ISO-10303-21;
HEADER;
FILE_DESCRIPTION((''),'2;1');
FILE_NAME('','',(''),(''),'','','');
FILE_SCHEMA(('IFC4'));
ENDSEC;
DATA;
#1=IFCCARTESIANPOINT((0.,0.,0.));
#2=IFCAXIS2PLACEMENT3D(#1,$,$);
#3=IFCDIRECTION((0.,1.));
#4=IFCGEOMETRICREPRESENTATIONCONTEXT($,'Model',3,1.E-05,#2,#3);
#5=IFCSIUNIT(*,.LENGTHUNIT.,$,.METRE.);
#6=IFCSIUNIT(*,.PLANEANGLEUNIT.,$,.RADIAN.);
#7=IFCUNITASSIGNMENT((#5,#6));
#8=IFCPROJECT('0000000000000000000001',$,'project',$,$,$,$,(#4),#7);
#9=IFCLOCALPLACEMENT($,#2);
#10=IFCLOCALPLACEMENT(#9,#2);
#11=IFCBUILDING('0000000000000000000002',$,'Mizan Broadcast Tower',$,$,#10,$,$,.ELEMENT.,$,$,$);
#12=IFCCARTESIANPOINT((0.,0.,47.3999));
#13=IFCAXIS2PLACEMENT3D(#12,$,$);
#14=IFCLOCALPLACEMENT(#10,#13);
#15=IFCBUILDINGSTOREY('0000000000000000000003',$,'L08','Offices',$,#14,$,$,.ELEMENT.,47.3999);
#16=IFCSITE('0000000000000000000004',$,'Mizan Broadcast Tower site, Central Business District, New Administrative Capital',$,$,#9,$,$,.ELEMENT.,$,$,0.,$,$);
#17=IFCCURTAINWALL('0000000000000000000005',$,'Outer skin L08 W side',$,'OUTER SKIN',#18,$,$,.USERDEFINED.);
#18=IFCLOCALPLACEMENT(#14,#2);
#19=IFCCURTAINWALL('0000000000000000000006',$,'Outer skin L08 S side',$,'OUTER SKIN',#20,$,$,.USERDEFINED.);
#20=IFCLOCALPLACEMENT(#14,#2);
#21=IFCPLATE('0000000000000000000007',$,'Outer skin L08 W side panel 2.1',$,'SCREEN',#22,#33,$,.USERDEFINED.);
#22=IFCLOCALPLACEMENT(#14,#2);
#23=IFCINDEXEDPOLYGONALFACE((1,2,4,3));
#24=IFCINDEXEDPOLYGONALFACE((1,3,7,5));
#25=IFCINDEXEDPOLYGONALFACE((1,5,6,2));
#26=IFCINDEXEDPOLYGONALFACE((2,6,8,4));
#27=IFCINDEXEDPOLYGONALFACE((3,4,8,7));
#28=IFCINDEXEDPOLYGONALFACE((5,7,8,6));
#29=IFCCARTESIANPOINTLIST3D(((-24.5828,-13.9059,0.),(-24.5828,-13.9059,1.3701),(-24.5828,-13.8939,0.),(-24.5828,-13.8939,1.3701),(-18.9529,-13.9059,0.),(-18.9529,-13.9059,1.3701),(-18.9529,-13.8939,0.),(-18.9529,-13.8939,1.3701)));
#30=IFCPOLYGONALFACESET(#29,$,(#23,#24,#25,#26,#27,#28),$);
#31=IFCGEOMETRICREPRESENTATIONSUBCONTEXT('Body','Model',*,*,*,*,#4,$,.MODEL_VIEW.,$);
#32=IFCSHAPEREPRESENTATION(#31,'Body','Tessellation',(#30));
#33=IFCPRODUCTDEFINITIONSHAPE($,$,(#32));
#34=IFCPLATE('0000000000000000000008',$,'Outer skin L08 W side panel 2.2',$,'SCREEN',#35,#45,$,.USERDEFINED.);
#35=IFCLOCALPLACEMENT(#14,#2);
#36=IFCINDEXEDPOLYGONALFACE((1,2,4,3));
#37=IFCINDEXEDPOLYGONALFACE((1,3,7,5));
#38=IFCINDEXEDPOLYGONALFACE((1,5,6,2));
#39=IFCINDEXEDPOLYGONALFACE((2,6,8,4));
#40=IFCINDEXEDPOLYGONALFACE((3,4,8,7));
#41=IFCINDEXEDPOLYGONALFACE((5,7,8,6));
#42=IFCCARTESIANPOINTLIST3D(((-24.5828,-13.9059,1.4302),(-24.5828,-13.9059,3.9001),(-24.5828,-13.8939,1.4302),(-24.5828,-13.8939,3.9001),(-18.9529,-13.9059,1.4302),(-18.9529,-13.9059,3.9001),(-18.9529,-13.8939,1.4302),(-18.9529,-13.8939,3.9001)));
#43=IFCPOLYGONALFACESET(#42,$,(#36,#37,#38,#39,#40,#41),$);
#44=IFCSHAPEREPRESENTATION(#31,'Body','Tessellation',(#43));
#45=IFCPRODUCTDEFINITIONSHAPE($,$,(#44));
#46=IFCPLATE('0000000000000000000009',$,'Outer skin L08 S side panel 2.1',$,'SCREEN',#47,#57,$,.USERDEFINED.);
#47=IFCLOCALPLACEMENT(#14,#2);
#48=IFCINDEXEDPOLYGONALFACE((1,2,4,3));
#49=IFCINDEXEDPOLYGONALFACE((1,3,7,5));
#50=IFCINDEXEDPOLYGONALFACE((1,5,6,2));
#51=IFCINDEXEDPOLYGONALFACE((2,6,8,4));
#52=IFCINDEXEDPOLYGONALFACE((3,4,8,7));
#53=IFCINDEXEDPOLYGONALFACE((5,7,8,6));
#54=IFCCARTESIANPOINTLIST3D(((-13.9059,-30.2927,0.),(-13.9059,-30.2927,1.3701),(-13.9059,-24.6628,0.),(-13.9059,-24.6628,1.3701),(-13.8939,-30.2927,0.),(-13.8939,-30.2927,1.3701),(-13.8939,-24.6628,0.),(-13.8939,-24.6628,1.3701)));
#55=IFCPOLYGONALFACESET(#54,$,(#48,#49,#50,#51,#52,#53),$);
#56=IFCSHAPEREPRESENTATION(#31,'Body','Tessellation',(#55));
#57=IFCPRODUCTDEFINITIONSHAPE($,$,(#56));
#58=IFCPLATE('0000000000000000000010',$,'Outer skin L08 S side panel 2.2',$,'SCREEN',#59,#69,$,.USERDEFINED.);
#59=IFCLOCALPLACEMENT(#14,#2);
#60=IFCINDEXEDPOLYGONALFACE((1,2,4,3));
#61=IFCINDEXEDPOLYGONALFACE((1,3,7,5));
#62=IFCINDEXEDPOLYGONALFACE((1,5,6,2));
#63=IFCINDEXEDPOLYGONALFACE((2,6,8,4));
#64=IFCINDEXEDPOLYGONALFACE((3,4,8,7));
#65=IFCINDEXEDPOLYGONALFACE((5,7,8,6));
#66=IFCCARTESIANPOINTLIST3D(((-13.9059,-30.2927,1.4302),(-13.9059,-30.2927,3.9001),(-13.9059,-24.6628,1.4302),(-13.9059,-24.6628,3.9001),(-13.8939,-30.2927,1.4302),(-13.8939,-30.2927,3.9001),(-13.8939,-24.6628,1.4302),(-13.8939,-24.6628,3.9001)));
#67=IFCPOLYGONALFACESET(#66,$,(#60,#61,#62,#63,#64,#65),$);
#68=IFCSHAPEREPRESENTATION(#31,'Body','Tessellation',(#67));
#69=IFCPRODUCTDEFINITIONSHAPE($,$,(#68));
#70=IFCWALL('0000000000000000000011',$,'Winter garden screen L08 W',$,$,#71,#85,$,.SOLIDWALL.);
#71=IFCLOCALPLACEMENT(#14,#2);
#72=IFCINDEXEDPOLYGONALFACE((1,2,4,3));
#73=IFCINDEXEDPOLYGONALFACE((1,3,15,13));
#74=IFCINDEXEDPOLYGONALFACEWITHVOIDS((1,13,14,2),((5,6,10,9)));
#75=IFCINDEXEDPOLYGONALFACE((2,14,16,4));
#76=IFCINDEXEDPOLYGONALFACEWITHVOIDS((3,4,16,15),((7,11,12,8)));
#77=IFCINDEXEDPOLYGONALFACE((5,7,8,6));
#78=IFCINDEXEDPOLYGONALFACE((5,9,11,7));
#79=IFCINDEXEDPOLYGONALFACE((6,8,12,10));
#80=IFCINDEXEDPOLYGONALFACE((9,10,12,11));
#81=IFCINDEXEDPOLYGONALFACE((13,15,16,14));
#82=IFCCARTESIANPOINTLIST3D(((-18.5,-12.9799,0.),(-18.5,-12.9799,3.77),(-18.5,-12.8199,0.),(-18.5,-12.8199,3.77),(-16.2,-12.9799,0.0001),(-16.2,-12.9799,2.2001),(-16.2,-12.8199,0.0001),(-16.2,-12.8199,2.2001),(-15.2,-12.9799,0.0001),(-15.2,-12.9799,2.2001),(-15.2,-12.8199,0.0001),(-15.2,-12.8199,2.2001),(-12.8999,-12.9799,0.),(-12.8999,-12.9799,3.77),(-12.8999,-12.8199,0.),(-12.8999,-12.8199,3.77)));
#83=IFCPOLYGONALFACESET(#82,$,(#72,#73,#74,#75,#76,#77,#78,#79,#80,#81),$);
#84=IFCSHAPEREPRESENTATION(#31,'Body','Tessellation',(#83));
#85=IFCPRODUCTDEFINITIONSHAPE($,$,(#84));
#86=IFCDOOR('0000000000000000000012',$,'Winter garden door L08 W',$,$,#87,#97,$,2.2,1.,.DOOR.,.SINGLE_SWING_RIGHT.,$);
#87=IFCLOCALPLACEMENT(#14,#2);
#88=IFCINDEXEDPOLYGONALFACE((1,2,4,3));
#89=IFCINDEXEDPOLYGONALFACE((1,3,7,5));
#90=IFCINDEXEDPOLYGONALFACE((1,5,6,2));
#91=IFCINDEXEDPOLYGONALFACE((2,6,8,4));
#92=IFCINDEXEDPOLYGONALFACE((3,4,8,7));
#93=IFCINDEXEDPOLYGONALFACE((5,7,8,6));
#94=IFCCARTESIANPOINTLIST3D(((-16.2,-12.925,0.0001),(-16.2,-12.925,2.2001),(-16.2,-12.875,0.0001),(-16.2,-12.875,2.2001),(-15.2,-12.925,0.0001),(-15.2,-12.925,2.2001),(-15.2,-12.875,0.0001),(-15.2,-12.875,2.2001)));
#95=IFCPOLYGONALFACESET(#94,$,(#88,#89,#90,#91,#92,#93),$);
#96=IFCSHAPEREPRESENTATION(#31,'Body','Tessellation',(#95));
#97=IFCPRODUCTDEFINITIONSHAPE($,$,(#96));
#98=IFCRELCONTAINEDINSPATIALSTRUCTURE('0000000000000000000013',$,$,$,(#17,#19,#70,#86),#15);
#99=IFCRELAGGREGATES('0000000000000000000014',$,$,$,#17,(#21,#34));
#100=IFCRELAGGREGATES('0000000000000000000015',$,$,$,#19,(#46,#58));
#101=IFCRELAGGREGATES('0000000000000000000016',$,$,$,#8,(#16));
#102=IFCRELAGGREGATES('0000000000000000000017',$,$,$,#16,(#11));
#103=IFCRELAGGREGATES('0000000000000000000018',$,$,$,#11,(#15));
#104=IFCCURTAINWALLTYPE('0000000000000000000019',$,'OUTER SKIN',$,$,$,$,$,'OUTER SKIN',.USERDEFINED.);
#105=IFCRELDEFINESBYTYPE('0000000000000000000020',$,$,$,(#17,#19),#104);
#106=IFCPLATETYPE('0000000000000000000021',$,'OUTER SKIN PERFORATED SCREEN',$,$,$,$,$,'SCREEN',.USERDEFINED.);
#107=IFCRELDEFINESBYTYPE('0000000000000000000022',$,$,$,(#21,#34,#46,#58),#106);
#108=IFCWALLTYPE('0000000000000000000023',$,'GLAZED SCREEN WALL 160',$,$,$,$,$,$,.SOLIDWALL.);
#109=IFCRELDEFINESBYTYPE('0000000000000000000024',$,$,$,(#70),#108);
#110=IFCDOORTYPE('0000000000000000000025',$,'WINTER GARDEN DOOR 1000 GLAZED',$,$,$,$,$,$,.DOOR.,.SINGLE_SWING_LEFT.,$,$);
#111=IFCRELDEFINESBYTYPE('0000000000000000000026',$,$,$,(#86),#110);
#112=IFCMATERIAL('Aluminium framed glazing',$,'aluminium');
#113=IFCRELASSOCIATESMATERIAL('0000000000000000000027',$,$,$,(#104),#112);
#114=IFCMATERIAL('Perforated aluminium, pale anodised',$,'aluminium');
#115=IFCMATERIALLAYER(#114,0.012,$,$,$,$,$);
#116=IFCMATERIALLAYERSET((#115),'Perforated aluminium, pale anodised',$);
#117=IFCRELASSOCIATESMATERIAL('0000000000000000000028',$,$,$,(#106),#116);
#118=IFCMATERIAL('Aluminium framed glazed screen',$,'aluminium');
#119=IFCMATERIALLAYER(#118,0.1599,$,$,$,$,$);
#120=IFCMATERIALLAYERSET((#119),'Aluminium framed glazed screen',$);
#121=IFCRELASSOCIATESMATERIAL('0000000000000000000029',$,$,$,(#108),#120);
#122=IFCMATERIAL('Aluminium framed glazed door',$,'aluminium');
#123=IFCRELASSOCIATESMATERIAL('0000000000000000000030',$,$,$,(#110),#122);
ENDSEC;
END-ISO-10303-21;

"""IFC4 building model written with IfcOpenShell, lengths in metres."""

from ifc_helpers import new_model, si_unit, direction, frame, frame_2d, origin, origin_2d, place, context, subcontext, project, spatial, rectangle, extrude, material, layer, layer_set, type_object, element, fill, aggregate, save


model = new_model("IFC4")

# Units and contexts
model_context = context("Model", 3, precision=1e-05, world=origin(), true_north=direction((0.0, 1.0)))
body_context = subcontext(model_context, "Body", "Model", "MODEL_VIEW")
ifc_project = project(units=[si_unit("LENGTHUNIT", "METRE"), si_unit("PLANEANGLEUNIT", "RADIAN")], contexts=[model_context])

# Site, building, storey
site_placement = place(None, origin())
site = spatial("IfcSite", under=ifc_project, at=site_placement, Name="Mizan Broadcast Tower site, Central Business District, New Administrative Capital", CompositionType="ELEMENT", RefElevation=0.0)
building_placement = place(site_placement, origin())
building = spatial("IfcBuilding", under=site, at=building_placement, Name="Mizan Broadcast Tower", CompositionType="ELEMENT")
storey_placement = place(building_placement, frame((0.0, 0.0, 47.3999)))
storey = spatial("IfcBuildingStorey", under=building, at=storey_placement, Name="L08", Description="Offices", CompositionType="ELEMENT", Elevation=47.3999)

# Shared definitions
ifc_material_1 = material(Name="Aluminium framed glazing", Category="aluminium")
curtain_wall_type_1 = type_object("IfcCurtainWallType", Name="OUTER SKIN", ElementType="OUTER SKIN", PredefinedType="USERDEFINED", material=ifc_material_1)

# Curtain wall
curtain_wall_1_placement = place(storey_placement, origin())
curtain_wall_1 = element("IfcCurtainWall", 1, at=curtain_wall_1_placement, inside=storey, type_object=curtain_wall_type_1, Name="Outer skin L08 W side", ObjectType="OUTER SKIN", PredefinedType="USERDEFINED")

# Curtain wall
curtain_wall_2_placement = place(storey_placement, origin())
curtain_wall_2 = element("IfcCurtainWall", 2, at=curtain_wall_2_placement, inside=storey, type_object=curtain_wall_type_1, Name="Outer skin L08 S side", ObjectType="OUTER SKIN", PredefinedType="USERDEFINED")

# Plates
ifc_material_2 = material(Name="Perforated aluminium, pale anodised", Category="aluminium")
ifc_layer_1 = layer(ifc_material_2, 0.012)
ifc_layer_set_1 = layer_set([ifc_layer_1], Name="Perforated aluminium, pale anodised")
plate_type_1 = type_object("IfcPlateType", Name="OUTER SKIN PERFORATED SCREEN", ElementType="SCREEN", PredefinedType="USERDEFINED", material=ifc_layer_set_1)
plate_1_placement = place(storey_placement, frame((-21.7678, -13.8999, 0.0), z_axis=(0.0, 0.0, 1.0), x_axis=(1.0, 0.0, 0.0)))
plate_1 = element("IfcPlate", 3, at=plate_1_placement, type_object=plate_type_1, Name="Outer skin L08 W side panel 2.1", ObjectType="SCREEN", PredefinedType="USERDEFINED", context=body_context, shape_type="SweptSolid", body=[
    extrude(rectangle(XDim=5.6299, YDim=0.012, at=origin_2d()), origin(), (0.0, 0.0, 1.0), 1.3701),
])
plate_2_placement = place(storey_placement, frame((-21.7678, -13.8999, 1.4302), z_axis=(0.0, 0.0, 1.0), x_axis=(1.0, 0.0, 0.0)))
plate_2 = element("IfcPlate", 4, at=plate_2_placement, type_object=plate_type_1, Name="Outer skin L08 W side panel 2.2", ObjectType="SCREEN", PredefinedType="USERDEFINED", context=body_context, shape_type="SweptSolid", body=[
    extrude(rectangle(XDim=5.6299, YDim=0.012, at=origin_2d()), origin(), (0.0, 0.0, 1.0), 2.47),
])
aggregate(curtain_wall_1, [plate_1, plate_2])
plate_3_placement = place(storey_placement, frame((-13.8999, -27.4778, 0.0), z_axis=(0.0, 0.0, 1.0), x_axis=(0.0, -1.0, 0.0)))
plate_3 = element("IfcPlate", 5, at=plate_3_placement, type_object=plate_type_1, Name="Outer skin L08 S side panel 2.1", ObjectType="SCREEN", PredefinedType="USERDEFINED", context=body_context, shape_type="SweptSolid", body=[
    extrude(rectangle(XDim=5.6299, YDim=0.012, at=origin_2d()), origin(), (0.0, 0.0, 1.0), 1.3701),
])
plate_4_placement = place(storey_placement, frame((-13.8999, -27.4778, 1.4302), z_axis=(0.0, 0.0, 1.0), x_axis=(0.0, -1.0, 0.0)))
plate_4 = element("IfcPlate", 6, at=plate_4_placement, type_object=plate_type_1, Name="Outer skin L08 S side panel 2.2", ObjectType="SCREEN", PredefinedType="USERDEFINED", context=body_context, shape_type="SweptSolid", body=[
    extrude(rectangle(XDim=5.6299, YDim=0.012, at=origin_2d()), origin(), (0.0, 0.0, 1.0), 2.47),
])
aggregate(curtain_wall_2, [plate_3, plate_4])

# Wall, opening, door
ifc_material_3 = material(Name="Aluminium framed glazed screen", Category="aluminium")
ifc_layer_2 = layer(ifc_material_3, 0.1599)
ifc_layer_set_2 = layer_set([ifc_layer_2], Name="Aluminium framed glazed screen")
wall_type = type_object("IfcWallType", Name="GLAZED SCREEN WALL 160", PredefinedType="SOLIDWALL", material=ifc_layer_set_2)
wall_placement = place(storey_placement, frame((-18.5, -12.8999, 0.0), z_axis=(0.0, 0.0, 1.0), x_axis=(1.0, 0.0, 0.0)))
wall = element("IfcWall", 7, at=wall_placement, inside=storey, type_object=wall_type, Name="Winter garden screen L08 W", PredefinedType="SOLIDWALL", context=body_context, shape_type="SweptSolid", body=[
    extrude(rectangle(XDim=5.6001, YDim=0.1599, at=frame_2d((2.8, 0.0))), origin(), (0.0, 0.0, 1.0), 3.77),
])
opening_placement = place(wall_placement, frame((2.3, 0.0, 0.0)))
opening = element("IfcOpeningElement", 8, at=opening_placement, cuts=wall, PredefinedType="OPENING", context=body_context, shape_type="SweptSolid", body=[
    extrude(rectangle(XDim=1.0, YDim=2.2, at=frame_2d((0.5, 1.1001))), frame((0.0, 0.0898, 0.0), z_axis=(0.0, -1.0, 0.0), x_axis=(1.0, 0.0, 0.0)), (0.0, 0.0, 1.0), 0.1799),
])
ifc_material_4 = material(Name="Aluminium framed glazed door", Category="aluminium")
door_type = type_object("IfcDoorType", Name="WINTER GARDEN DOOR 1000 GLAZED", OperationType="SINGLE_SWING_LEFT", PredefinedType="DOOR", material=ifc_material_4)
door_placement = place(opening_placement, origin())
door = element("IfcDoor", 9, at=door_placement, inside=storey, type_object=door_type, Name="Winter garden door L08 W", OperationType="SINGLE_SWING_RIGHT", OverallHeight=2.2, OverallWidth=1.0, PredefinedType="DOOR", context=body_context, shape_type="SweptSolid", body=[
    extrude(rectangle(XDim=1.0, YDim=2.2, at=frame_2d((0.5, 1.1001))), frame((0.0, 0.0249, 0.0), z_axis=(0.0, -1.0, 0.0), x_axis=(1.0, 0.0, 0.0)), (0.0, 0.0, 1.0), 0.05),
])
fill(opening, door)

save(model, "model.ifc")
